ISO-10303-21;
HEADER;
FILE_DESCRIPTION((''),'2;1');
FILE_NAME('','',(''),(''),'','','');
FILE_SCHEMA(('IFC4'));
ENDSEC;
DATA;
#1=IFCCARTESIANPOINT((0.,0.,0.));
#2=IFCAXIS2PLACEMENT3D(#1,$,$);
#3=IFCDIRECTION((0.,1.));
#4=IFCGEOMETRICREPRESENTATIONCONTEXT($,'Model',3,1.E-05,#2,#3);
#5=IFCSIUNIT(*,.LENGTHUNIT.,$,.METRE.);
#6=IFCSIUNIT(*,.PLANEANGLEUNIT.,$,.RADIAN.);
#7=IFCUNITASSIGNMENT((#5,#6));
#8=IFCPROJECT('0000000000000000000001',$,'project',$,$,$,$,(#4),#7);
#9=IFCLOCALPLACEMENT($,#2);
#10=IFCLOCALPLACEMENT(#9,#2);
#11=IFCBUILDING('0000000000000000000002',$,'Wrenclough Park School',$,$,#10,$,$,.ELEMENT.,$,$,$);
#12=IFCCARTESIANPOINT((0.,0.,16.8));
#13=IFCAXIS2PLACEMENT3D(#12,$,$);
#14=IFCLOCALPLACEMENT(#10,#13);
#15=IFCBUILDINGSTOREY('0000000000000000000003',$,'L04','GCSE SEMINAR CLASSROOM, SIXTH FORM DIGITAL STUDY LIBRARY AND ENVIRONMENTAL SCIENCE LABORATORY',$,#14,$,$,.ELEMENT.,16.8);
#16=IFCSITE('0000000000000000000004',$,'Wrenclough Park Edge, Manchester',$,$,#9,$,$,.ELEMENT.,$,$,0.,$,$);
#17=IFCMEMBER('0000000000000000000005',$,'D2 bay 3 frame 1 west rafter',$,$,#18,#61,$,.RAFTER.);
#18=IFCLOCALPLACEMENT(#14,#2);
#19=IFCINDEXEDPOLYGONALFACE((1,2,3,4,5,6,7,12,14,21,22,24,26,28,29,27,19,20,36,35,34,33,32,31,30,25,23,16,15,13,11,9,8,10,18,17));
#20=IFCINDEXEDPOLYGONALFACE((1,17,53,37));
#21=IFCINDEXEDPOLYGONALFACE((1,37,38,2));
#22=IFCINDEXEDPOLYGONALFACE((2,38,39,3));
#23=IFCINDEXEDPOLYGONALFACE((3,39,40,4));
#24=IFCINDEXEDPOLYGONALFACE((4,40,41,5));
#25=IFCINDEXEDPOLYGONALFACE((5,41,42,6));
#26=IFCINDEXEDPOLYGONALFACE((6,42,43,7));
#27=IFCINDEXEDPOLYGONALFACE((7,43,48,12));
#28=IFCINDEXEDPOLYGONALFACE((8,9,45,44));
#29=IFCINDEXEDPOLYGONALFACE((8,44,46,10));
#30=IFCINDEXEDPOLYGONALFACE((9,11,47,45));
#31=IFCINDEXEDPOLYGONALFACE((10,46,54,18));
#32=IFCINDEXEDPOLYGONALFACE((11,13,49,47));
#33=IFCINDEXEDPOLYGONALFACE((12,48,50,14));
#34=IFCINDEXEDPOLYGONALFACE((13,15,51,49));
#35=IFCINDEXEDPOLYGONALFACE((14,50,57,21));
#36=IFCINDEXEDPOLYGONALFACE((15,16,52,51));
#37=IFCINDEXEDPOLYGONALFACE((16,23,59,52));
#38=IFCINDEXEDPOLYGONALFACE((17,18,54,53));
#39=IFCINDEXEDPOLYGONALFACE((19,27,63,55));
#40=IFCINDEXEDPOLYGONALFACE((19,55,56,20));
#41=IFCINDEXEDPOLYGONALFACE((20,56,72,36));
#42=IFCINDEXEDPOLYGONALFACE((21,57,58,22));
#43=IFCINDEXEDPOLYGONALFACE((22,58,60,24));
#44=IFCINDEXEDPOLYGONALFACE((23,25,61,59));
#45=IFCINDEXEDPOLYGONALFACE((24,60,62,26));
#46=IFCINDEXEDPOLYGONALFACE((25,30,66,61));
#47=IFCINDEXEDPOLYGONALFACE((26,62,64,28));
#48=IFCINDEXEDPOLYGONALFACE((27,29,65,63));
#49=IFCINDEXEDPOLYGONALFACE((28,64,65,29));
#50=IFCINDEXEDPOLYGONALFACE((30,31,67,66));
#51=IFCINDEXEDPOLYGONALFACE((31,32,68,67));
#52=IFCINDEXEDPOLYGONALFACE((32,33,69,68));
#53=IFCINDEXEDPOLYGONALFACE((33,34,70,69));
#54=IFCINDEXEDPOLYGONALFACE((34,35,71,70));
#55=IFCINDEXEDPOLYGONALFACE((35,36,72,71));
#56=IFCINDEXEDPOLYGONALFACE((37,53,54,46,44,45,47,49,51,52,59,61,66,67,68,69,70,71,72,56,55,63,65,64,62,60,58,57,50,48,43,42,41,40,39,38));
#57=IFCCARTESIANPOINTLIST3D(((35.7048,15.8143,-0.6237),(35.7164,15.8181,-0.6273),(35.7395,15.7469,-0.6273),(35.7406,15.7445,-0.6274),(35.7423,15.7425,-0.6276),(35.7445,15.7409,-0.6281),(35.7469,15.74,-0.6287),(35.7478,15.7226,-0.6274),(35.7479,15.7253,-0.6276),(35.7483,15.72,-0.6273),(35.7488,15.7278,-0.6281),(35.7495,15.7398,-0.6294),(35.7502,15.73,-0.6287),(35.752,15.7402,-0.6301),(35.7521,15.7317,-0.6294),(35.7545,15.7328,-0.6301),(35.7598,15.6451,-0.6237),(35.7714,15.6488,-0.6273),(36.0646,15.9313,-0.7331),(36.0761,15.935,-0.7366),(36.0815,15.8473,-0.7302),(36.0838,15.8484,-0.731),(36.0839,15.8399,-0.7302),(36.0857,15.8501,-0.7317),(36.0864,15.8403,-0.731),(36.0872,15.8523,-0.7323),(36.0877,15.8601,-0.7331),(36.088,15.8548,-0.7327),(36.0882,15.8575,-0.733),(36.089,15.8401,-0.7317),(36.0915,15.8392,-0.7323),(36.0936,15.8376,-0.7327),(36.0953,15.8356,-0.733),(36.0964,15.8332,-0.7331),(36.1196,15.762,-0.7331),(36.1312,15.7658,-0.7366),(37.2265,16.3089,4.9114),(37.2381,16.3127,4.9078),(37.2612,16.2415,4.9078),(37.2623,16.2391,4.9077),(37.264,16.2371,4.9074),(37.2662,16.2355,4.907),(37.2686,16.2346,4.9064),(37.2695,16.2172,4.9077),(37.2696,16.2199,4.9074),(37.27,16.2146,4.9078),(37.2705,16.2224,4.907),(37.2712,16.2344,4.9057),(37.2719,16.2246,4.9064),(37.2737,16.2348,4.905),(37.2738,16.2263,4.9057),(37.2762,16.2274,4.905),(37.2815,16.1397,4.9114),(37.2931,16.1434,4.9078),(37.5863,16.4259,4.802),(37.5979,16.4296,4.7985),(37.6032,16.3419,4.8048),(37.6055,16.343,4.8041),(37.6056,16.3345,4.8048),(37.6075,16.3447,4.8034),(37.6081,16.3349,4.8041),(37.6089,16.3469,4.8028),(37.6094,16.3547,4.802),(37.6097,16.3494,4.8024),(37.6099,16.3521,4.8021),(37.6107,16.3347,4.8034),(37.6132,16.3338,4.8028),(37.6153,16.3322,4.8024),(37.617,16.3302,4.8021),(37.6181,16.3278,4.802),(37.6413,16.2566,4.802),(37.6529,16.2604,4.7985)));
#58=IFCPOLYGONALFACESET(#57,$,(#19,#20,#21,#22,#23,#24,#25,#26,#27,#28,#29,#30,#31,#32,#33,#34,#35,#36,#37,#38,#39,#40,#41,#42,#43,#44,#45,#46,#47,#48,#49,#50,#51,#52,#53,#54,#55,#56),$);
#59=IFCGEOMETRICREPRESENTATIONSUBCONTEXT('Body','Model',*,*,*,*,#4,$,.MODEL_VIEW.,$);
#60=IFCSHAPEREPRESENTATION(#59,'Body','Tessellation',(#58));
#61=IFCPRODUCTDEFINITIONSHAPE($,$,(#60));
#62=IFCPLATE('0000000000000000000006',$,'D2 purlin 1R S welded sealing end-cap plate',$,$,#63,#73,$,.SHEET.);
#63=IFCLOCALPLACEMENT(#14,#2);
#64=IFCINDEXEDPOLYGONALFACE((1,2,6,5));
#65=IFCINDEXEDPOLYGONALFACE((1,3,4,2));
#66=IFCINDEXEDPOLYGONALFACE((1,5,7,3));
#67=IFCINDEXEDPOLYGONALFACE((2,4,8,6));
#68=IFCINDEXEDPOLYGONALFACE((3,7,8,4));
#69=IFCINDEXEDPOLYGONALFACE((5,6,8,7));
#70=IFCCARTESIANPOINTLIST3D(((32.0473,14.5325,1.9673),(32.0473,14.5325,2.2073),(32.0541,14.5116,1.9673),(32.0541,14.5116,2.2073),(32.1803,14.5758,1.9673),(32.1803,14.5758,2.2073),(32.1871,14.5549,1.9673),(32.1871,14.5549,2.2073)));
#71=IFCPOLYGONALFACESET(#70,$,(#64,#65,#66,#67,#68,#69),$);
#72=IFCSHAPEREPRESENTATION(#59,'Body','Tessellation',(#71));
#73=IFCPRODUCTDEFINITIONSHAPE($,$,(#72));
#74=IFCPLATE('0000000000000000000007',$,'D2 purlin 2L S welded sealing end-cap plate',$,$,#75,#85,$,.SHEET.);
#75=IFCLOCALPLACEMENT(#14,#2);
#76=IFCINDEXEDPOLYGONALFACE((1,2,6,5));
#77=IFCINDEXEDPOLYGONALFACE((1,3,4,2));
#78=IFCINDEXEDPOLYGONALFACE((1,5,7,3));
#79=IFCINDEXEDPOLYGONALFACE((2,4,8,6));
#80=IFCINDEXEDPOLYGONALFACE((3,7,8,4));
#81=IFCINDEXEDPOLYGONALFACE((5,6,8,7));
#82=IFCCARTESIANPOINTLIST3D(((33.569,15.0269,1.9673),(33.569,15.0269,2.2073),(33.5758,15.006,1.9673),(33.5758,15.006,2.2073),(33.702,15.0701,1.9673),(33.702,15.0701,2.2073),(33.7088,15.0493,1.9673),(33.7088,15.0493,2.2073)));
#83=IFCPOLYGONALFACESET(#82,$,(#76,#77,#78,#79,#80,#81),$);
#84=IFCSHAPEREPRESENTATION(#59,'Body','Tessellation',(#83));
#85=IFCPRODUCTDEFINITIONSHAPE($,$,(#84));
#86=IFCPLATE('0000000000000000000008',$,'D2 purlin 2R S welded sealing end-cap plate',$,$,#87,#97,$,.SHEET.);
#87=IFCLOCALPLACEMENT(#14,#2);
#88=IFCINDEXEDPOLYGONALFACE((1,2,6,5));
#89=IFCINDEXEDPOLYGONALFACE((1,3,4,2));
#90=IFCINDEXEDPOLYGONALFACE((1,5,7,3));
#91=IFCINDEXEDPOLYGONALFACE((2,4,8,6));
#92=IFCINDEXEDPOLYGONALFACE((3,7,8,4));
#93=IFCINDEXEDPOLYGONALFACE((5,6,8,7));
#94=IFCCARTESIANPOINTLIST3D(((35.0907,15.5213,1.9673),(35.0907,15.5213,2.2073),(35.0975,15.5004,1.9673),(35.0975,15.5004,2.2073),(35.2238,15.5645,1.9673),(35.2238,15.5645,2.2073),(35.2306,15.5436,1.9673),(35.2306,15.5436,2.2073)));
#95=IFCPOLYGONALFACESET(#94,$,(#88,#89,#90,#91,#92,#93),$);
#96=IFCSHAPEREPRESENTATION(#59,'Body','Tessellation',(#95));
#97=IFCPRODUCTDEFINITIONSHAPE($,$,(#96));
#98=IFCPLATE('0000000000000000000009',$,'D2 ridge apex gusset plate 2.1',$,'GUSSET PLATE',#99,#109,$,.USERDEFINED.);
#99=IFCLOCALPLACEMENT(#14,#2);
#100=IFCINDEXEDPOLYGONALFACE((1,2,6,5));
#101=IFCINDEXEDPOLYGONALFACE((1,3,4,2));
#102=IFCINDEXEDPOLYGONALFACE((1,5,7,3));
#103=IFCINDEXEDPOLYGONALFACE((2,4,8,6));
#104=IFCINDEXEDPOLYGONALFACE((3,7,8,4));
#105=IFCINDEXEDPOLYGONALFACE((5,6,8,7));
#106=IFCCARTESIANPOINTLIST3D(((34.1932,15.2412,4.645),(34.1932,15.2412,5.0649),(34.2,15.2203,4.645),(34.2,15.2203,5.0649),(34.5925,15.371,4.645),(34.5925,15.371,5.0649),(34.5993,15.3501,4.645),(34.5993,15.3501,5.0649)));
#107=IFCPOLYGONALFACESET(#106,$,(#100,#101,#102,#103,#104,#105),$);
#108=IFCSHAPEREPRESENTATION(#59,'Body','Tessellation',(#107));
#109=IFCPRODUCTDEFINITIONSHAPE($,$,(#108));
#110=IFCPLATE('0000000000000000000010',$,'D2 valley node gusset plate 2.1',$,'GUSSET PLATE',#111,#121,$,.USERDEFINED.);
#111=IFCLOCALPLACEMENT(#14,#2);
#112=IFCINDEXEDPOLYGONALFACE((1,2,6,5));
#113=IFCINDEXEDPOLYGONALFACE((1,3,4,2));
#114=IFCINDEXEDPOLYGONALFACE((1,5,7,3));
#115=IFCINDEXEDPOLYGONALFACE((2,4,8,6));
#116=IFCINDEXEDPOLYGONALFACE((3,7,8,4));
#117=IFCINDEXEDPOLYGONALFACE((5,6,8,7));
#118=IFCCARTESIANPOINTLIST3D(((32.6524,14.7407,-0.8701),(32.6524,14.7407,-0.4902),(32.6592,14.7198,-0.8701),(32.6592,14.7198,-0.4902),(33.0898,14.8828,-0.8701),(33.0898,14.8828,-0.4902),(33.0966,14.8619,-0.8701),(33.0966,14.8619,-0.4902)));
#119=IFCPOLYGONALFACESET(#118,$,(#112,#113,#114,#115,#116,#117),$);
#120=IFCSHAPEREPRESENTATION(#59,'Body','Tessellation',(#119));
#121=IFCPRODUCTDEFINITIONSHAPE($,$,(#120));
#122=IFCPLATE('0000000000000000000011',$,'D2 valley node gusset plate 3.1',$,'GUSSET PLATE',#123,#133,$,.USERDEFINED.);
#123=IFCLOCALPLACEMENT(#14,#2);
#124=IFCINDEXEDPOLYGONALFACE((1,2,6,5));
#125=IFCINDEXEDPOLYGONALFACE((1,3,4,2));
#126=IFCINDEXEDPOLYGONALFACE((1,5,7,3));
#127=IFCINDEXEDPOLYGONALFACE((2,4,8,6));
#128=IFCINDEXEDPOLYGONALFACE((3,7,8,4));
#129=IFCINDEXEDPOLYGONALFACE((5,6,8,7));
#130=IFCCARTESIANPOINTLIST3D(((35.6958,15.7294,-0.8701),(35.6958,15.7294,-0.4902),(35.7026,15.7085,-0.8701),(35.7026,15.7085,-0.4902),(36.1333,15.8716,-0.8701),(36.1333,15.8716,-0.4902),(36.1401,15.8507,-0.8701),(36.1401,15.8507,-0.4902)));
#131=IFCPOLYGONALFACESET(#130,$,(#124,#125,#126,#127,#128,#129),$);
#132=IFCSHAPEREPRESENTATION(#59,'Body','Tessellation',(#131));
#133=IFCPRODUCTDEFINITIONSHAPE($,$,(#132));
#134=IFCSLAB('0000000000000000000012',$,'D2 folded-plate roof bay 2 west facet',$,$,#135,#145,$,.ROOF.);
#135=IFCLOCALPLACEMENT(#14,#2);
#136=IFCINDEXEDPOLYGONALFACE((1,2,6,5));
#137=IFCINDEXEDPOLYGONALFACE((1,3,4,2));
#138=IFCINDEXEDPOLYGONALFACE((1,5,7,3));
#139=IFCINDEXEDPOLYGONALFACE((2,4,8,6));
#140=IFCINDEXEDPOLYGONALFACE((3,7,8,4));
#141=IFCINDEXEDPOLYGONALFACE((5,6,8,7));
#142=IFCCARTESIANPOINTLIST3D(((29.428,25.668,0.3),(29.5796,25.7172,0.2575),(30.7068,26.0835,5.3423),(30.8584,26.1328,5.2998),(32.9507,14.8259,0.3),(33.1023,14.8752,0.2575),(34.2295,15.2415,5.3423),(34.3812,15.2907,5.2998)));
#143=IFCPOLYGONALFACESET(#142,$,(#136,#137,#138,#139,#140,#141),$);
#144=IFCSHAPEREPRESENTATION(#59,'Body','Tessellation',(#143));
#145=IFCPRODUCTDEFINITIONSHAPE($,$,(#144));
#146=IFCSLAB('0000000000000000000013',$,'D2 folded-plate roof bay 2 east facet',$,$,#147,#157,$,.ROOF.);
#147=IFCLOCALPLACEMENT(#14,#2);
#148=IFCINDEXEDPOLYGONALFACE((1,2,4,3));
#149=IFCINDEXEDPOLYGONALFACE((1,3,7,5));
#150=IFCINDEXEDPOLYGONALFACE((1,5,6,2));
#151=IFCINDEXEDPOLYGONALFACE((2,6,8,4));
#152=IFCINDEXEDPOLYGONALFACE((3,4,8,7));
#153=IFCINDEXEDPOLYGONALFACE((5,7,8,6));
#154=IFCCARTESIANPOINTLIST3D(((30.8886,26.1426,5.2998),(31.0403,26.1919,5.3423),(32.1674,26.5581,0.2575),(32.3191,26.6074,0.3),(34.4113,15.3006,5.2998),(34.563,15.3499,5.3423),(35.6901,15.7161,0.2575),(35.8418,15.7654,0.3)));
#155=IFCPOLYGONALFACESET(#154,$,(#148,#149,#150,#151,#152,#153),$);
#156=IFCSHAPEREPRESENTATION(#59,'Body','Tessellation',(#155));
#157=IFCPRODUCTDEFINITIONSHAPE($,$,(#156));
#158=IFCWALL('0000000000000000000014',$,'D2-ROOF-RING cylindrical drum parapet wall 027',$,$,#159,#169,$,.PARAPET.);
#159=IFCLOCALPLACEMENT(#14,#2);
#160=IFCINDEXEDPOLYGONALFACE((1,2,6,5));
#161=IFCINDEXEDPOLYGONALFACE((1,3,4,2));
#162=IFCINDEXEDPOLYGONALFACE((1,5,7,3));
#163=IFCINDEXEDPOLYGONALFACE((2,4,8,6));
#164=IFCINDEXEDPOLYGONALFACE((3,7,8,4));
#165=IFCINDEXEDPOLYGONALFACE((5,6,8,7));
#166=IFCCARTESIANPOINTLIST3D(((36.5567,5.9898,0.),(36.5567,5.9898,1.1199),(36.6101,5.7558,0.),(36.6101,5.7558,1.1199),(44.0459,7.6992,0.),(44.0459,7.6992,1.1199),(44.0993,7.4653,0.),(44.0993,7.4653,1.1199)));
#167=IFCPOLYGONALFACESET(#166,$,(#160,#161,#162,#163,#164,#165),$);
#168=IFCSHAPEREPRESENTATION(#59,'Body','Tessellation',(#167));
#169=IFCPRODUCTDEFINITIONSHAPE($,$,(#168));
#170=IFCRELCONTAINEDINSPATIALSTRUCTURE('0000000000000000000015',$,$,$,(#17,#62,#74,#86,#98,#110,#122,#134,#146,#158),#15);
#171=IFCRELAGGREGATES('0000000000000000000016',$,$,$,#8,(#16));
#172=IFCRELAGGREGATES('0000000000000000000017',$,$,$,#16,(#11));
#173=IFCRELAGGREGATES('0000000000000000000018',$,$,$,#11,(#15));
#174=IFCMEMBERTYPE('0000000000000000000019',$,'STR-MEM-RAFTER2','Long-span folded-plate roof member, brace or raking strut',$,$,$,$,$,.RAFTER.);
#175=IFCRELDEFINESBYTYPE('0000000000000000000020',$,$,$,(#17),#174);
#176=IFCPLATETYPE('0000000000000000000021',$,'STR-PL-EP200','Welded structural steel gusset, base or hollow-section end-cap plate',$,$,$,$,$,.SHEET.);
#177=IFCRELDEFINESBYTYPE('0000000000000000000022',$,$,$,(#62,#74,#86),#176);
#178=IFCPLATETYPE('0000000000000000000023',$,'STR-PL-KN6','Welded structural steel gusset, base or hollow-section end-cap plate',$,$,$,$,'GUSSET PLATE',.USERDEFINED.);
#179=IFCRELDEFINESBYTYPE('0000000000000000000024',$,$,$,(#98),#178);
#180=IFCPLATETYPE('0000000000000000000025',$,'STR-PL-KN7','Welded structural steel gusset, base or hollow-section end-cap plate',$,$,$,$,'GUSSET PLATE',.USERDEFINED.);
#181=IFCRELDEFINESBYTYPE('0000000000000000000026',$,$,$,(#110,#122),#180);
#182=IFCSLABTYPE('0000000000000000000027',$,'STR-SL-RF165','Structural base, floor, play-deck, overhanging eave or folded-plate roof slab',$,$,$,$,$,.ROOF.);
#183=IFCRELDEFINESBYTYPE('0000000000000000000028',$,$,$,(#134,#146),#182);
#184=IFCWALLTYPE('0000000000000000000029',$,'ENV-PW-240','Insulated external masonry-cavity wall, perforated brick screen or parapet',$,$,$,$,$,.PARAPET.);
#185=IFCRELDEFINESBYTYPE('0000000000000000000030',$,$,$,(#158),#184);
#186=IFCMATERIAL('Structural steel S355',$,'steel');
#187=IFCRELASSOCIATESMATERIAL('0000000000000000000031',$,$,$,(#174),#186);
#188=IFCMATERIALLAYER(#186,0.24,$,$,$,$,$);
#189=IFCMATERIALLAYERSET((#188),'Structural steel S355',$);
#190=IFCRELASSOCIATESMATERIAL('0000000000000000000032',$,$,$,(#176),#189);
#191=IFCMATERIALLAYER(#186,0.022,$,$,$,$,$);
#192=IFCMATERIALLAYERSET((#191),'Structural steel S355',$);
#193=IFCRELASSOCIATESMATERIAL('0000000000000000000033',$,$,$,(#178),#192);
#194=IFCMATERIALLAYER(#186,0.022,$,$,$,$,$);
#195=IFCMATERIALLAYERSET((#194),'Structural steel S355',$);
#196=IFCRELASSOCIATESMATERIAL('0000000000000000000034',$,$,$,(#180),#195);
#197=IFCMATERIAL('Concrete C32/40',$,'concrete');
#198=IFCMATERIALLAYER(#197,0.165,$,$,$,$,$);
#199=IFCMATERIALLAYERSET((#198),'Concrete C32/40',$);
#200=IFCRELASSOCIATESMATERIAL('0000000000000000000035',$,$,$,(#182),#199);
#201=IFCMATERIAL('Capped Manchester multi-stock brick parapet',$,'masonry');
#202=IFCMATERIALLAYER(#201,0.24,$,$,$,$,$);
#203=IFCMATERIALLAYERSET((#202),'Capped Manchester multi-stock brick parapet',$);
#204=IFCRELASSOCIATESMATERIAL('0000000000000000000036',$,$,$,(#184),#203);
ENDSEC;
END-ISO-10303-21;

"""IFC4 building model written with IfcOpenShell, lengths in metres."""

from ifc_helpers import new_model, si_unit, direction, frame, frame_2d, origin, origin_2d, place, context, subcontext, project, spatial, polyline, rectangle, i_section, outline, extrude, material, layer, layer_set, material_profile, profile_set, type_object, element, save


model = new_model("IFC4")

# Units and contexts
model_context = context("Model", 3, precision=1e-05, world=origin(), true_north=direction((0.0, 1.0)))
body_context = subcontext(model_context, "Body", "Model", "MODEL_VIEW")
ifc_project = project(units=[si_unit("LENGTHUNIT", "METRE"), si_unit("PLANEANGLEUNIT", "RADIAN")], contexts=[model_context])

# Site, building, storey
site_placement = place(None, origin())
site = spatial("IfcSite", under=ifc_project, at=site_placement, Name="Wrenclough Park Edge, Manchester", CompositionType="ELEMENT", RefElevation=0.0)
building_placement = place(site_placement, origin())
building = spatial("IfcBuilding", under=site, at=building_placement, Name="Wrenclough Park School", CompositionType="ELEMENT")
storey_placement = place(building_placement, frame((0.0, 0.0, 16.8)))
storey = spatial("IfcBuildingStorey", under=building, at=storey_placement, Name="L04", Description="GCSE SEMINAR CLASSROOM, SIXTH FORM DIGITAL STUDY LIBRARY AND ENVIRONMENTAL SCIENCE LABORATORY", CompositionType="ELEMENT", Elevation=16.8)

# Shared definitions
ifc_material_1 = material(Name="Structural steel S355", Category="steel")

# Member
ifc_material_profile_1 = material_profile(ifc_material_1, i_section(OverallWidth=0.178, OverallDepth=0.4065, WebThickness=0.0078, FlangeThickness=0.0127, FilletRadius=0.0103, at=origin_2d()), Name="UKB 406x178x60")
ifc_profile_set_1 = profile_set([ifc_material_profile_1], Name="Structural steel S355")
member_type_1 = type_object("IfcMemberType", Name="STR-MEM-RAFTER2", Description="Long-span folded-plate roof member, brace or raking strut", PredefinedType="RAFTER", material=ifc_profile_set_1)
for number, where, z_axis, x_axis, name in (
    (1, (35.918, 15.79, -0.6802), (0.264107, 0.085846, 0.960665), (-0.309124, 0.951022, 0.0), "D2 bay 3 frame 1 west rafter"),
):
    element("IfcMember", number, at=place(storey_placement, frame(where, z_axis=z_axis, x_axis=x_axis)), inside=storey, type_object=member_type_1, Name=name, PredefinedType="RAFTER", context=body_context, shape_type="SweptSolid", body=[
        extrude(i_section(OverallWidth=0.178, OverallDepth=0.4065, WebThickness=0.0078, FlangeThickness=0.0127, FilletRadius=0.0103, at=origin_2d()), origin(), (0.0, 0.0, 1.0), 5.7617),
    ])

# Plates
ifc_layer_1 = layer(ifc_material_1, 0.24)
ifc_layer_set_1 = layer_set([ifc_layer_1], Name="Structural steel S355")
plate_type_1 = type_object("IfcPlateType", Name="STR-PL-EP200", Description="Welded structural steel gusset, base or hollow-section end-cap plate", PredefinedType="SHEET", material=ifc_layer_set_1)
for number, where, z_axis, x_axis, name in (
    (2, (32.1172, 14.5437, 1.9673), (0.0, 0.0, 1.0), (-0.309017, 0.951057, 0.0), "D2 purlin 1R S welded sealing end-cap plate"),
    (3, (33.6389, 15.0381, 1.9673), (0.0, 0.0, 1.0), (-0.309017, 0.951057, 0.0), "D2 purlin 2L S welded sealing end-cap plate"),
    (4, (35.1606, 15.5325, 1.9673), (0.0, 0.0, 1.0), (-0.309017, 0.951057, 0.0), "D2 purlin 2R S welded sealing end-cap plate"),
):
    element("IfcPlate", number, at=place(storey_placement, frame(where, z_axis=z_axis, x_axis=x_axis)), inside=storey, type_object=plate_type_1, Name=name, PredefinedType="SHEET", context=body_context, shape_type="SweptSolid", body=[
        extrude(rectangle(XDim=0.022, YDim=0.1399, at=origin_2d()), origin(), (0.0, 0.0, 1.0), 0.24),
    ])
ifc_layer_2 = layer(ifc_material_1, 0.022)
ifc_layer_set_2 = layer_set([ifc_layer_2], Name="Structural steel S355")
plate_type_2 = type_object("IfcPlateType", Name="STR-PL-KN6", Description="Welded structural steel gusset, base or hollow-section end-cap plate", ElementType="GUSSET PLATE", PredefinedType="USERDEFINED", material=ifc_layer_set_2)
plate_placement = place(storey_placement, frame((34.3962, 15.2957, 4.645), z_axis=(0.0, 0.0, 1.0), x_axis=(0.951057, 0.309017, 0.0)))
element("IfcPlate", 5, at=plate_placement, inside=storey, type_object=plate_type_2, Name="D2 ridge apex gusset plate 2.1", ObjectType="GUSSET PLATE", PredefinedType="USERDEFINED", context=body_context, shape_type="SweptSolid", body=[
    extrude(rectangle(XDim=0.4199, YDim=0.022, at=origin_2d()), origin(), (0.0, 0.0, 1.0), 0.4199),
])
ifc_layer_3 = layer(ifc_material_1, 0.022)
ifc_layer_set_3 = layer_set([ifc_layer_3], Name="Structural steel S355")
plate_type_3 = type_object("IfcPlateType", Name="STR-PL-KN7", Description="Welded structural steel gusset, base or hollow-section end-cap plate", ElementType="GUSSET PLATE", PredefinedType="USERDEFINED", material=ifc_layer_set_3)
for number, where, z_axis, x_axis, name in (
    (6, (32.8745, 14.8013, -0.8701), (0.0, 0.0, 1.0), (0.951057, 0.309017, 0.0), "D2 valley node gusset plate 2.1"),
    (7, (35.918, 15.79, -0.8701), (0.0, 0.0, 1.0), (0.951057, 0.309017, 0.0), "D2 valley node gusset plate 3.1"),
):
    element("IfcPlate", number, at=place(storey_placement, frame(where, z_axis=z_axis, x_axis=x_axis)), inside=storey, type_object=plate_type_3, Name=name, ObjectType="GUSSET PLATE", PredefinedType="USERDEFINED", context=body_context, shape_type="SweptSolid", body=[
        extrude(rectangle(XDim=0.46, YDim=0.022, at=origin_2d()), origin(), (0.0, 0.0, 1.0), 0.3799),
    ])

# Slabs
ifc_material_2 = material(Name="Concrete C32/40", Category="concrete")
ifc_layer_4 = layer(ifc_material_2, 0.165)
ifc_layer_set_4 = layer_set([ifc_layer_4], Name="Concrete C32/40")
slab_type = type_object("IfcSlabType", Name="STR-SL-RF165", Description="Structural base, floor, play-deck, overhanging eave or folded-plate roof slab", PredefinedType="ROOF", material=ifc_layer_set_4)
for number, where, z_axis, x_axis, name in (
    (8, (32.9507, 14.8259, 0.3), (-0.918945, -0.298576, 0.257668), (0.245056, 0.079627, 0.966234), "D2 folded-plate roof bay 2 west facet"),
    (9, (34.563, 15.3499, 5.3423), (0.918945, 0.298576, 0.257668), (0.245056, 0.079627, -0.966234), "D2 folded-plate roof bay 2 east facet"),
):
    element("IfcSlab", number, at=place(storey_placement, frame(where, z_axis=z_axis, x_axis=x_axis)), inside=storey, type_object=slab_type, Name=name, PredefinedType="ROOF", context=body_context, shape_type="SweptSolid", body=[
        extrude(outline(polyline([(0.0, 0.0), (5.2184, 0.0), (5.2185, 11.4), (0.0001, 11.4), (0.0, 0.0)])), origin(), (0.0, 0.0, -1.0), 0.165),
    ])

# Wall
ifc_material_3 = material(Name="Capped Manchester multi-stock brick parapet", Category="masonry")
ifc_layer_5 = layer(ifc_material_3, 0.24)
ifc_layer_set_5 = layer_set([ifc_layer_5], Name="Capped Manchester multi-stock brick parapet")
wall_type = type_object("IfcWallType", Name="ENV-PW-240", Description="Insulated external masonry-cavity wall, perforated brick screen or parapet", PredefinedType="PARAPET", material=ifc_layer_set_5)
wall_placement = place(storey_placement, frame((36.5835, 5.8728, 0.0), z_axis=(0.0, 0.0, 1.0), x_axis=(0.974925, 0.222533, 0.0)))
element("IfcWall", 10, at=wall_placement, inside=storey, type_object=wall_type, Name="D2-ROOF-RING cylindrical drum parapet wall 027", PredefinedType="PARAPET", context=body_context, shape_type="SweptSolid", body=[
    extrude(rectangle(XDim=7.6819, YDim=0.24, at=frame_2d((3.8408, 0.0))), origin(), (0.0, 0.0, 1.0), 1.1199),
])

save(model, "model.ifc")
